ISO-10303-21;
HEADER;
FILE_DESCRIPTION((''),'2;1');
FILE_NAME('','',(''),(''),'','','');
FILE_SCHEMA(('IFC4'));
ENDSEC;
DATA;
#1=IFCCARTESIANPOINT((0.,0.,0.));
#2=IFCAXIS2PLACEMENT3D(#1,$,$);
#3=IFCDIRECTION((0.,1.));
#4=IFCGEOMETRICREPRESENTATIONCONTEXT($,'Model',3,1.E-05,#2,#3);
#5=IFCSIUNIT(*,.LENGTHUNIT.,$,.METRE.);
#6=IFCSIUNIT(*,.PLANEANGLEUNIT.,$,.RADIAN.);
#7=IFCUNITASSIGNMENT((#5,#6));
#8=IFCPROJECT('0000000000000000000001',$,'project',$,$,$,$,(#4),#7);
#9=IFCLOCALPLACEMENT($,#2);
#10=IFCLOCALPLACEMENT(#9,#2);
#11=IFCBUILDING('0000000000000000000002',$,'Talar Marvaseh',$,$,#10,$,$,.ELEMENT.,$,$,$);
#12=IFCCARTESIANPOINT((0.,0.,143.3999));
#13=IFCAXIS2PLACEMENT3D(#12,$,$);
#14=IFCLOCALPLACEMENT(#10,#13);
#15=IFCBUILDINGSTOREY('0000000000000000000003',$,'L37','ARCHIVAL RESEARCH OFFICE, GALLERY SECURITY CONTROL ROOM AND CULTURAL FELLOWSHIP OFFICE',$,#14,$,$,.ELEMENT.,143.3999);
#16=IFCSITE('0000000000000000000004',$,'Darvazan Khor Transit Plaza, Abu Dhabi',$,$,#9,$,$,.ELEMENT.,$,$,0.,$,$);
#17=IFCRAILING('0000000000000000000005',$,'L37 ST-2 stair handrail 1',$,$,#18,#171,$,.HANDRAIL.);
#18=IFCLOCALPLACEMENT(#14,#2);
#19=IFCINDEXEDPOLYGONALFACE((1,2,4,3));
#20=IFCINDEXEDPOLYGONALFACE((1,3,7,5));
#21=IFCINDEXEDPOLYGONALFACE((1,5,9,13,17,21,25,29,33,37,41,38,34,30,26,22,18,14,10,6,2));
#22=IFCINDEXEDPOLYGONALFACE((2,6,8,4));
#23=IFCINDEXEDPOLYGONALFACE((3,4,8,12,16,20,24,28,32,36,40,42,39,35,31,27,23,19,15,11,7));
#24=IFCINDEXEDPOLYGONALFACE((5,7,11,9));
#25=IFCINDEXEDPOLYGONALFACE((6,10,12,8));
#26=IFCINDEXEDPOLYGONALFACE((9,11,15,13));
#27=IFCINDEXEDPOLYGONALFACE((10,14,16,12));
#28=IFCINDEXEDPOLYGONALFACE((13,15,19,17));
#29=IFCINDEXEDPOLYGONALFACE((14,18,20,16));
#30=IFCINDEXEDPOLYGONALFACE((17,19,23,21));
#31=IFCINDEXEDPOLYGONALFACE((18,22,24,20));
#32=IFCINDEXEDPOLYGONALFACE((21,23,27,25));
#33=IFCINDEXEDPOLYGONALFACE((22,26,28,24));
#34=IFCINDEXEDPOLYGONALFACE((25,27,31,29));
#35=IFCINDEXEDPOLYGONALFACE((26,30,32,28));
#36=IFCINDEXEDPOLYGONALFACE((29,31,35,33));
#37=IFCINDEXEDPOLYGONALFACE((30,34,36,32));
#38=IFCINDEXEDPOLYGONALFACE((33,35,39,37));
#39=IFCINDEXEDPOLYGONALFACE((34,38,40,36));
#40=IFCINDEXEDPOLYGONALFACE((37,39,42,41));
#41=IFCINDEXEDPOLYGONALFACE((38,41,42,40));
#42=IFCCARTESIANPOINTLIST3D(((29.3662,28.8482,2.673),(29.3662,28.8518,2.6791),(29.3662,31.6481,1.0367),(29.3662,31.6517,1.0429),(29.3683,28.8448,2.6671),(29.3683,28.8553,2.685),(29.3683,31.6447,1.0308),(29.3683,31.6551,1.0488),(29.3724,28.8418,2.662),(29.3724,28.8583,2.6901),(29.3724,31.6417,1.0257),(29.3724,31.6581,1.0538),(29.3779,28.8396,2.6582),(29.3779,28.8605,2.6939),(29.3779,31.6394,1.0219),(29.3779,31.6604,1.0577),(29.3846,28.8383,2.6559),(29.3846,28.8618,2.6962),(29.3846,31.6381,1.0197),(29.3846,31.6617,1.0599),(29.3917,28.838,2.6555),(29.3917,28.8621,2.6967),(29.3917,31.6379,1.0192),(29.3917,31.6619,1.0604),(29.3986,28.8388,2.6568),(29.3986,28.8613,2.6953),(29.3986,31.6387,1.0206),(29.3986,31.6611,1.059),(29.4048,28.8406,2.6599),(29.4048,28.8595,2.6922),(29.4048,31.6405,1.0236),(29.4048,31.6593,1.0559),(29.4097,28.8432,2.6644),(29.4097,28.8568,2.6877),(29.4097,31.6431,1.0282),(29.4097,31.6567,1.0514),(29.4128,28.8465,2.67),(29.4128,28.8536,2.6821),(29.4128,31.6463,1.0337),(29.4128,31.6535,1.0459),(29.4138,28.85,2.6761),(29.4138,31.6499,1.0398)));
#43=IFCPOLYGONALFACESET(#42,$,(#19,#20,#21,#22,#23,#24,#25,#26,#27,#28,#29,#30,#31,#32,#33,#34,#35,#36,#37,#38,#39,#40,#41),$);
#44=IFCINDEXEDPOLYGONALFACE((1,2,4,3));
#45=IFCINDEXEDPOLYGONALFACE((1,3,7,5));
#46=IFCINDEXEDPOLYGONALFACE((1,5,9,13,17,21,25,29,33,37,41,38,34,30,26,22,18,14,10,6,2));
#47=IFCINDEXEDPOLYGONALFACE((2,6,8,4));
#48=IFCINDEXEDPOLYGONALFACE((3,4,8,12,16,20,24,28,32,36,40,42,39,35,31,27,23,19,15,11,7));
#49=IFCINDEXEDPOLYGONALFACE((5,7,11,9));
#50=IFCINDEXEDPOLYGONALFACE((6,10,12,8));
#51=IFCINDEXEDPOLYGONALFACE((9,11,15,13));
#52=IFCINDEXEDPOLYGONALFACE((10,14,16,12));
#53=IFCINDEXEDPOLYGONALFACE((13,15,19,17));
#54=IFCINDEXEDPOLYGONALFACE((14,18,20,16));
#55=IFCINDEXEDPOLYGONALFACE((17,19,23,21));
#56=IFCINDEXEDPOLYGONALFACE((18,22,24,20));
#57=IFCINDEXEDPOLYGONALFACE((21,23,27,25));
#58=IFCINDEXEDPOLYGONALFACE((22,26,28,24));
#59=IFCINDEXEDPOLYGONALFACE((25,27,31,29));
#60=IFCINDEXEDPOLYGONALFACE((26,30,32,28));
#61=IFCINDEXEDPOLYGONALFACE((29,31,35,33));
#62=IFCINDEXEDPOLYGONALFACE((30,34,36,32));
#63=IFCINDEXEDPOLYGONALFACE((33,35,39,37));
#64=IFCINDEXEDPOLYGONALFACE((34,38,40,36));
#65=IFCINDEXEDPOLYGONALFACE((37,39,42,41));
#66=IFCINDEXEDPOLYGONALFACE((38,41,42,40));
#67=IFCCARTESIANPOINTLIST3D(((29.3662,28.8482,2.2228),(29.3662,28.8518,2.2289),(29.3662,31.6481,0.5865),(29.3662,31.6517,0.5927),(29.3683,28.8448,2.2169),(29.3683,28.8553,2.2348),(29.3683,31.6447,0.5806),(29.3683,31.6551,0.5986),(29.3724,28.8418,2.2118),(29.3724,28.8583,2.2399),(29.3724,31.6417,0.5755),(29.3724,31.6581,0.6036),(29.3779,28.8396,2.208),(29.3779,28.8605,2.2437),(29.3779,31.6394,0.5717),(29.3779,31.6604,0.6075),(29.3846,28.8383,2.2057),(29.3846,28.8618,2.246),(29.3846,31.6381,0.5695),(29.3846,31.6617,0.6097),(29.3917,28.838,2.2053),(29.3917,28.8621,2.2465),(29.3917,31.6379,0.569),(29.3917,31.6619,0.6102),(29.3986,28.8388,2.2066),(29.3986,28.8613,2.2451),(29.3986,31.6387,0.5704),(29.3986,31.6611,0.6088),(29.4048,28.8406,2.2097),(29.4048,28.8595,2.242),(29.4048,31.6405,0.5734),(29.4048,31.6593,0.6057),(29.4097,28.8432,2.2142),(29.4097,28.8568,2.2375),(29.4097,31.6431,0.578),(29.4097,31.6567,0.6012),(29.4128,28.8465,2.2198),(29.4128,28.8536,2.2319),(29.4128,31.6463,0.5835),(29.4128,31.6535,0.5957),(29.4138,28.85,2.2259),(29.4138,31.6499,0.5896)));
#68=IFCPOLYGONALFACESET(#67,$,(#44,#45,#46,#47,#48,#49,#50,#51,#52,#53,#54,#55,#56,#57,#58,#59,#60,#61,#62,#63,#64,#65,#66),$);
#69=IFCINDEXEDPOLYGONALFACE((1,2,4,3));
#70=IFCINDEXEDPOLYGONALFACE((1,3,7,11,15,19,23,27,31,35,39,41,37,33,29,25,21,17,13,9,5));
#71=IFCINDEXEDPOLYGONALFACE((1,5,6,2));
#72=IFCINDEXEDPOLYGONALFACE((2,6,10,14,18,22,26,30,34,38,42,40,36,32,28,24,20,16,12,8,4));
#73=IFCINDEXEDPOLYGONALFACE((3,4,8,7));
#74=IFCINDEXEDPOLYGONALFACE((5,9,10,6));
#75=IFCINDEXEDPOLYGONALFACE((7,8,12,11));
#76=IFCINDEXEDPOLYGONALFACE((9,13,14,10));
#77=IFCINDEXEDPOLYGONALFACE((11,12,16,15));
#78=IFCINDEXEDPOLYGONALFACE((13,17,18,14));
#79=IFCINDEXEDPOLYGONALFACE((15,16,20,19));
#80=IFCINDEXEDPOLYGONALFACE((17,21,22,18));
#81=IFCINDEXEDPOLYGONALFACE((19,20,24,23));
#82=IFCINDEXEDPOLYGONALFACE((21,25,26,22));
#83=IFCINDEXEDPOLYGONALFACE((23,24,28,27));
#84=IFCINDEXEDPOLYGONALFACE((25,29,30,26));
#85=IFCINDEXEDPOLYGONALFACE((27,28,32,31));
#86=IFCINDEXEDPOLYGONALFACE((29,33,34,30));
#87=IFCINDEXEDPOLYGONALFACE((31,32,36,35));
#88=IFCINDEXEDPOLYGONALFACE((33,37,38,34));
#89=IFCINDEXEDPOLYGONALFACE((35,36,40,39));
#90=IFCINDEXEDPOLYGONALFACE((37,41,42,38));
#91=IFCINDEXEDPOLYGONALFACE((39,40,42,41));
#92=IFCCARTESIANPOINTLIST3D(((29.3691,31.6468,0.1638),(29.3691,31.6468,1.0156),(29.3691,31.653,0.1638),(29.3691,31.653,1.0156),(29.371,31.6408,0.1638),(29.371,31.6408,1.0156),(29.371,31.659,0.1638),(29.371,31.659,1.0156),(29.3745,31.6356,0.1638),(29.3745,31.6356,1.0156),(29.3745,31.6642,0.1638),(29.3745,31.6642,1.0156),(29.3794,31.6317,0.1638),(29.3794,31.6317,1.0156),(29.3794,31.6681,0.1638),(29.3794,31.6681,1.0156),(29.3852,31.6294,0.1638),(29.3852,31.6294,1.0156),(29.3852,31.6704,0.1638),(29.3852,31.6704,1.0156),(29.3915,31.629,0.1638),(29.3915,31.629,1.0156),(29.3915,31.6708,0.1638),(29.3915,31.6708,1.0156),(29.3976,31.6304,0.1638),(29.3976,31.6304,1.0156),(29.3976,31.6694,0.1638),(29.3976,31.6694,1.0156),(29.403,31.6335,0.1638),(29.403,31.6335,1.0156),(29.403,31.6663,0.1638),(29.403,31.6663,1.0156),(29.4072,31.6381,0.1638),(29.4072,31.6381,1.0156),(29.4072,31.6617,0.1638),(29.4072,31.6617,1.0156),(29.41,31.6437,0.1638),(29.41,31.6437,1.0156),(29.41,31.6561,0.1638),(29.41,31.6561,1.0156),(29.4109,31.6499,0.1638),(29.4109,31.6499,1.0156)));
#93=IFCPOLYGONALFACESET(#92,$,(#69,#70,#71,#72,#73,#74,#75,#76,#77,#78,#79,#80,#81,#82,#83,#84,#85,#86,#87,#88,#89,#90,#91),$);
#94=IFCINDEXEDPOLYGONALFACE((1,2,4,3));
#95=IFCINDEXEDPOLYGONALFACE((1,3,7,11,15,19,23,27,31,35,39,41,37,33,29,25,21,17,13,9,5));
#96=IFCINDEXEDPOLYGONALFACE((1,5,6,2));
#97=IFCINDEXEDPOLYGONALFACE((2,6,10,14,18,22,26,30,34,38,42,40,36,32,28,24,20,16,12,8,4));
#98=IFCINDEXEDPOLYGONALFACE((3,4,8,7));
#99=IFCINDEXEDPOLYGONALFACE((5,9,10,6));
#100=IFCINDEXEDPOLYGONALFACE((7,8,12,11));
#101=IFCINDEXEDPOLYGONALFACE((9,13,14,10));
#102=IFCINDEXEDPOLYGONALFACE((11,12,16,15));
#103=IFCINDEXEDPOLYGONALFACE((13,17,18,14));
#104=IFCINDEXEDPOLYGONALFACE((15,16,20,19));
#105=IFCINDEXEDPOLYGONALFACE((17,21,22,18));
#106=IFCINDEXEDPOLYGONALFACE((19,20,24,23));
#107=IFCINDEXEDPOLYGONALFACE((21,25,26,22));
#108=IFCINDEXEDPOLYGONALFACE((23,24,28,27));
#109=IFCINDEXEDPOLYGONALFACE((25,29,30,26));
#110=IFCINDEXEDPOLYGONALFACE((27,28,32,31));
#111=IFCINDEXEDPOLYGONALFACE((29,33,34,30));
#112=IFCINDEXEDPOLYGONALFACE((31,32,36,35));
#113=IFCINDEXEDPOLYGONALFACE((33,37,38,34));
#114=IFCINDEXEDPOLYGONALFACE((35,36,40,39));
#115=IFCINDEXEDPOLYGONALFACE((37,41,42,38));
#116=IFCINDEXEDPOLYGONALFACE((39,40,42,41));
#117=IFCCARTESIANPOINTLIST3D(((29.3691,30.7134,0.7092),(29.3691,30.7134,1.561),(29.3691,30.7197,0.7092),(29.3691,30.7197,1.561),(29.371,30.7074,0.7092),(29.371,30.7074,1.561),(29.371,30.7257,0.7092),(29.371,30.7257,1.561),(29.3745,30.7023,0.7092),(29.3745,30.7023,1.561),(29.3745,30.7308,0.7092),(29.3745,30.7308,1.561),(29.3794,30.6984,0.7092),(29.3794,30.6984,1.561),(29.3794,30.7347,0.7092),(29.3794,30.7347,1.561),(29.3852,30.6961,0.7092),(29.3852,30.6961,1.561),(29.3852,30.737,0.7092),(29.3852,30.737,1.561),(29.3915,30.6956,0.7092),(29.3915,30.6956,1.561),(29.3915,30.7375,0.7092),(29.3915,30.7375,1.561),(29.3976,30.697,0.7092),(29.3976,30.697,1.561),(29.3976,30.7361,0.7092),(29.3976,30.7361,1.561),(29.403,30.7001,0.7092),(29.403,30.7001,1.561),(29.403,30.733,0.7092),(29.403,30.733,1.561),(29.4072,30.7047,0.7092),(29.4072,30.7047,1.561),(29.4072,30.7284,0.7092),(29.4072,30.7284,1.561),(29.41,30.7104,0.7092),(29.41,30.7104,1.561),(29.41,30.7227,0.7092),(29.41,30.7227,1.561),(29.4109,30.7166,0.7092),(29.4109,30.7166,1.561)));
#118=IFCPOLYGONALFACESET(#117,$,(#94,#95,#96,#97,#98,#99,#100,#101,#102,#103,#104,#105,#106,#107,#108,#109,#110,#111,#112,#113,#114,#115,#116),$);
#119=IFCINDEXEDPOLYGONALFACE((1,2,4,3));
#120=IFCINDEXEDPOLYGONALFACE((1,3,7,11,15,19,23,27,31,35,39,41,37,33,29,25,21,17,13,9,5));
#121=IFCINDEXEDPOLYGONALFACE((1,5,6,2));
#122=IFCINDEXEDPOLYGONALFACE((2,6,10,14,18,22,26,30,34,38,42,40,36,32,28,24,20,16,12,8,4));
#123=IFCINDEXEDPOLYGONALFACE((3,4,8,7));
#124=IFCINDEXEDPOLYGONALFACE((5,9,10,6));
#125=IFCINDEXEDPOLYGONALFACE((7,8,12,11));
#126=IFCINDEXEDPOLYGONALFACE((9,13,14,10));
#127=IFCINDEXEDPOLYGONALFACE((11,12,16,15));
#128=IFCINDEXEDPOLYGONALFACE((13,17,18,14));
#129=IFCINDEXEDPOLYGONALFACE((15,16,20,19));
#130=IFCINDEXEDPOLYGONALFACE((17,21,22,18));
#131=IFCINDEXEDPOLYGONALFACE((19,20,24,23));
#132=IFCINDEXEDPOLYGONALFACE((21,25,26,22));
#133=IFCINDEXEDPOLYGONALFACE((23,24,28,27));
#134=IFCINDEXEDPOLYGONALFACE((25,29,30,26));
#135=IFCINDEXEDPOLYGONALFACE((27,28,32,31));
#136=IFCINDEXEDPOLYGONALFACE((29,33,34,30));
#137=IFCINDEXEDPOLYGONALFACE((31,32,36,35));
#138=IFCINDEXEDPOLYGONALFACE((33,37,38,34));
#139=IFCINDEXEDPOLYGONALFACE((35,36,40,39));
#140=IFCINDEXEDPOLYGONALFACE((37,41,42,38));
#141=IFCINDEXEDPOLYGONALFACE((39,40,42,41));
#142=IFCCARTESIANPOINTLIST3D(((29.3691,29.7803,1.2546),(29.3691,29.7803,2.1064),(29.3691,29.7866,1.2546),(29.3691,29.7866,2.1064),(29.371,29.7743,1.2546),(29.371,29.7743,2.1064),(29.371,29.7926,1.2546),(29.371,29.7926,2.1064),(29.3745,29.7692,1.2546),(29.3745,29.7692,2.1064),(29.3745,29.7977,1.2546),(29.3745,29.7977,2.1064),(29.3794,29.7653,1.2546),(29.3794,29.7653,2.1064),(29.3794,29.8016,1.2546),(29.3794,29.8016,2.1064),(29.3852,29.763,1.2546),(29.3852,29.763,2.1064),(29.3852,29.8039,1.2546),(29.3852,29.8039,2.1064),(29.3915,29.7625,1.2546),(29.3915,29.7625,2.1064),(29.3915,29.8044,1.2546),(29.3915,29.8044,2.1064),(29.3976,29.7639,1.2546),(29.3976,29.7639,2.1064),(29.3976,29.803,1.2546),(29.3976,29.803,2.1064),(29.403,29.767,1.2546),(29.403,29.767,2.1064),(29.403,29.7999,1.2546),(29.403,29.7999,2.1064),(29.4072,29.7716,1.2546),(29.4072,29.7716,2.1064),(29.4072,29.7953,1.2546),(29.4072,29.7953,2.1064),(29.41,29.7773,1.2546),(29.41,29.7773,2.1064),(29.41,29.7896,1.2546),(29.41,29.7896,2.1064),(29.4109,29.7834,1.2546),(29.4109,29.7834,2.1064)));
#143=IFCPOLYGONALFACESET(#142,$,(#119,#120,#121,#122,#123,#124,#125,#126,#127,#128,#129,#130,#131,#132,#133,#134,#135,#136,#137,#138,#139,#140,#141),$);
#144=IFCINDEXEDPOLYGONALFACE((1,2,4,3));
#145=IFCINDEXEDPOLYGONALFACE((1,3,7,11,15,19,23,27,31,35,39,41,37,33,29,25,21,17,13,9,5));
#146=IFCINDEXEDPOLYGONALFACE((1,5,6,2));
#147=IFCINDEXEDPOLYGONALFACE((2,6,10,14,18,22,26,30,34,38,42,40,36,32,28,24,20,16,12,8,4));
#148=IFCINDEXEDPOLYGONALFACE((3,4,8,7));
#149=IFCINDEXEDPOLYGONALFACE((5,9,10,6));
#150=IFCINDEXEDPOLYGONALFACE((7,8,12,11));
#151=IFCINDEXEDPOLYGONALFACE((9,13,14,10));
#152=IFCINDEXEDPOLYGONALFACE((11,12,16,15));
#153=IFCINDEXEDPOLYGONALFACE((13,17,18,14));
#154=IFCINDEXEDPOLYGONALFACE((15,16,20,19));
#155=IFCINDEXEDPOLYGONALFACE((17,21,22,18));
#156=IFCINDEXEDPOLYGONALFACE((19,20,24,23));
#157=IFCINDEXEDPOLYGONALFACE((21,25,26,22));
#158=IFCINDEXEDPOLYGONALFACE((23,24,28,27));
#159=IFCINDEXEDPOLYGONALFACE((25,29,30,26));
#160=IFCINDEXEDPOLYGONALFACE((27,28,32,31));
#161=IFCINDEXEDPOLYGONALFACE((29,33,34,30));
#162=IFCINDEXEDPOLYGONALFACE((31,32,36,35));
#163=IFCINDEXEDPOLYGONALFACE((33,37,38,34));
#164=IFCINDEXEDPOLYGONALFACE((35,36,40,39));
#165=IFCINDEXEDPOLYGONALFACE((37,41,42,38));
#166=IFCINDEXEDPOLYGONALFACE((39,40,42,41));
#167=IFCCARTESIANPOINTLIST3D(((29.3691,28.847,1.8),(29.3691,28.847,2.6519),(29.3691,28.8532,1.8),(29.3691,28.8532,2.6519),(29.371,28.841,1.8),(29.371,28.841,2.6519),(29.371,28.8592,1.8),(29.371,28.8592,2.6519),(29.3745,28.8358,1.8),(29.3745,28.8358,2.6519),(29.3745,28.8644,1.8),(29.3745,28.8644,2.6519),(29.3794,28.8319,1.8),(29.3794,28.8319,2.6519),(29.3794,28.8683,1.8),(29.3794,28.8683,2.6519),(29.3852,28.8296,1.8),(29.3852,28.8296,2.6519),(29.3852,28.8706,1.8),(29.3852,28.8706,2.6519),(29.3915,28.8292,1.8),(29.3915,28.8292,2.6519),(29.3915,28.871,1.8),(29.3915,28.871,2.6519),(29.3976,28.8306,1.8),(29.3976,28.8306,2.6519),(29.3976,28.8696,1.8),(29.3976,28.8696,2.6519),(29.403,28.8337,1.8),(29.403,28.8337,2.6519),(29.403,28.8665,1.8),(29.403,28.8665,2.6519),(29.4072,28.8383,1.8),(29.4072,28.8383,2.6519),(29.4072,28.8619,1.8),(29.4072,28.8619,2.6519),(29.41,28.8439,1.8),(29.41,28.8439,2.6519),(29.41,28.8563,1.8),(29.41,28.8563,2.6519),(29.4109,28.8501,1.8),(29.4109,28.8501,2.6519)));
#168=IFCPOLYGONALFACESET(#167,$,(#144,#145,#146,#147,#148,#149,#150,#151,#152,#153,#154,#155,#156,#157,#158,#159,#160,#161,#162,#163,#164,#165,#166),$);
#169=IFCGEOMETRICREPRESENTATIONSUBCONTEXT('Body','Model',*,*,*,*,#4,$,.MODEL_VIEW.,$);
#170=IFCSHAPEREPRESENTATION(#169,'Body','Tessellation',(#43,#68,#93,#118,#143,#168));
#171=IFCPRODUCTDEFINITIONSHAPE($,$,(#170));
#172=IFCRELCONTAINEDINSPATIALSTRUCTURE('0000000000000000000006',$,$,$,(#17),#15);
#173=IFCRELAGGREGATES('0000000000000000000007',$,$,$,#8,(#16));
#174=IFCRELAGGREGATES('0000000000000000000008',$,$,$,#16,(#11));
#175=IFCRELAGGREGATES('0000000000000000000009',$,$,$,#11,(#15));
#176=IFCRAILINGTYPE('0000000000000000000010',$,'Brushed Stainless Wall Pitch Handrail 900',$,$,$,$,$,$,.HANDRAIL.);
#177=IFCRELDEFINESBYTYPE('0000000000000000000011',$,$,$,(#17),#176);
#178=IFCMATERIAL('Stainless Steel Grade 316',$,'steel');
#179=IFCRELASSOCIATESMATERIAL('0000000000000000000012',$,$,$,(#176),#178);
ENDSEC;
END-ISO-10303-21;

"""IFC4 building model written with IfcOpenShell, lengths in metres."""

from ifc_helpers import new_model, si_unit, direction, frame, origin, origin_2d, place, context, subcontext, project, spatial, circle, extrude, material, type_object, element, save


model = new_model("IFC4")

# Units and contexts
model_context = context("Model", 3, precision=1e-05, world=origin(), true_north=direction((0.0, 1.0)))
body_context = subcontext(model_context, "Body", "Model", "MODEL_VIEW")
ifc_project = project(units=[si_unit("LENGTHUNIT", "METRE"), si_unit("PLANEANGLEUNIT", "RADIAN")], contexts=[model_context])

# Site, building, storey
site_placement = place(None, origin())
site = spatial("IfcSite", under=ifc_project, at=site_placement, Name="Darvazan Khor Transit Plaza, Abu Dhabi", CompositionType="ELEMENT", RefElevation=0.0)
building_placement = place(site_placement, origin())
building = spatial("IfcBuilding", under=site, at=building_placement, Name="Talar Marvaseh", CompositionType="ELEMENT")
storey_placement = place(building_placement, frame((0.0, 0.0, 143.3999)))
storey = spatial("IfcBuildingStorey", under=building, at=storey_placement, Name="L37", Description="ARCHIVAL RESEARCH OFFICE, GALLERY SECURITY CONTROL ROOM AND CULTURAL FELLOWSHIP OFFICE", CompositionType="ELEMENT", Elevation=143.3999)

# Shared definitions
ifc_material_1 = material(Name="Stainless Steel Grade 316", Category="steel")

# Railing
railing_type_1 = type_object("IfcRailingType", Name="Brushed Stainless Wall Pitch Handrail 900", PredefinedType="HANDRAIL", material=ifc_material_1)
railing_1_placement = place(storey_placement, frame((29.3899, 31.6499, 0.1638)))
element("IfcRailing", 1, at=railing_1_placement, inside=storey, type_object=railing_type_1, Name="L37 ST-2 stair handrail 1", PredefinedType="HANDRAIL", context=body_context, shape_type="SweptSolid", body=[
    extrude(circle(Radius=0.0239, at=origin_2d()), frame((0.0, 0.0, 0.876), z_axis=(0.0, -0.863374, 0.504564), x_axis=(1.0, 0.0, 0.0)), (0.0, 0.0, 1.0), 3.2429),
    extrude(circle(Radius=0.0239, at=origin_2d()), frame((0.0, 0.0, 0.4258), z_axis=(0.0, -0.863374, 0.504564), x_axis=(1.0, 0.0, 0.0)), (0.0, 0.0, 1.0), 3.2429),
    extrude(circle(Radius=0.021, at=origin_2d()), origin(), (0.0, 0.0, 1.0), 0.8518),
    extrude(circle(Radius=0.021, at=origin_2d()), frame((0.0, -0.9333, 0.5454)), (0.0, 0.0, 1.0), 0.8518),
    extrude(circle(Radius=0.021, at=origin_2d()), frame((0.0, -1.8665, 1.0908)), (0.0, 0.0, 1.0), 0.8518),
    extrude(circle(Radius=0.021, at=origin_2d()), frame((0.0, -2.7998, 1.6362)), (0.0, 0.0, 1.0), 0.8518),
])

save(model, "model.ifc")
